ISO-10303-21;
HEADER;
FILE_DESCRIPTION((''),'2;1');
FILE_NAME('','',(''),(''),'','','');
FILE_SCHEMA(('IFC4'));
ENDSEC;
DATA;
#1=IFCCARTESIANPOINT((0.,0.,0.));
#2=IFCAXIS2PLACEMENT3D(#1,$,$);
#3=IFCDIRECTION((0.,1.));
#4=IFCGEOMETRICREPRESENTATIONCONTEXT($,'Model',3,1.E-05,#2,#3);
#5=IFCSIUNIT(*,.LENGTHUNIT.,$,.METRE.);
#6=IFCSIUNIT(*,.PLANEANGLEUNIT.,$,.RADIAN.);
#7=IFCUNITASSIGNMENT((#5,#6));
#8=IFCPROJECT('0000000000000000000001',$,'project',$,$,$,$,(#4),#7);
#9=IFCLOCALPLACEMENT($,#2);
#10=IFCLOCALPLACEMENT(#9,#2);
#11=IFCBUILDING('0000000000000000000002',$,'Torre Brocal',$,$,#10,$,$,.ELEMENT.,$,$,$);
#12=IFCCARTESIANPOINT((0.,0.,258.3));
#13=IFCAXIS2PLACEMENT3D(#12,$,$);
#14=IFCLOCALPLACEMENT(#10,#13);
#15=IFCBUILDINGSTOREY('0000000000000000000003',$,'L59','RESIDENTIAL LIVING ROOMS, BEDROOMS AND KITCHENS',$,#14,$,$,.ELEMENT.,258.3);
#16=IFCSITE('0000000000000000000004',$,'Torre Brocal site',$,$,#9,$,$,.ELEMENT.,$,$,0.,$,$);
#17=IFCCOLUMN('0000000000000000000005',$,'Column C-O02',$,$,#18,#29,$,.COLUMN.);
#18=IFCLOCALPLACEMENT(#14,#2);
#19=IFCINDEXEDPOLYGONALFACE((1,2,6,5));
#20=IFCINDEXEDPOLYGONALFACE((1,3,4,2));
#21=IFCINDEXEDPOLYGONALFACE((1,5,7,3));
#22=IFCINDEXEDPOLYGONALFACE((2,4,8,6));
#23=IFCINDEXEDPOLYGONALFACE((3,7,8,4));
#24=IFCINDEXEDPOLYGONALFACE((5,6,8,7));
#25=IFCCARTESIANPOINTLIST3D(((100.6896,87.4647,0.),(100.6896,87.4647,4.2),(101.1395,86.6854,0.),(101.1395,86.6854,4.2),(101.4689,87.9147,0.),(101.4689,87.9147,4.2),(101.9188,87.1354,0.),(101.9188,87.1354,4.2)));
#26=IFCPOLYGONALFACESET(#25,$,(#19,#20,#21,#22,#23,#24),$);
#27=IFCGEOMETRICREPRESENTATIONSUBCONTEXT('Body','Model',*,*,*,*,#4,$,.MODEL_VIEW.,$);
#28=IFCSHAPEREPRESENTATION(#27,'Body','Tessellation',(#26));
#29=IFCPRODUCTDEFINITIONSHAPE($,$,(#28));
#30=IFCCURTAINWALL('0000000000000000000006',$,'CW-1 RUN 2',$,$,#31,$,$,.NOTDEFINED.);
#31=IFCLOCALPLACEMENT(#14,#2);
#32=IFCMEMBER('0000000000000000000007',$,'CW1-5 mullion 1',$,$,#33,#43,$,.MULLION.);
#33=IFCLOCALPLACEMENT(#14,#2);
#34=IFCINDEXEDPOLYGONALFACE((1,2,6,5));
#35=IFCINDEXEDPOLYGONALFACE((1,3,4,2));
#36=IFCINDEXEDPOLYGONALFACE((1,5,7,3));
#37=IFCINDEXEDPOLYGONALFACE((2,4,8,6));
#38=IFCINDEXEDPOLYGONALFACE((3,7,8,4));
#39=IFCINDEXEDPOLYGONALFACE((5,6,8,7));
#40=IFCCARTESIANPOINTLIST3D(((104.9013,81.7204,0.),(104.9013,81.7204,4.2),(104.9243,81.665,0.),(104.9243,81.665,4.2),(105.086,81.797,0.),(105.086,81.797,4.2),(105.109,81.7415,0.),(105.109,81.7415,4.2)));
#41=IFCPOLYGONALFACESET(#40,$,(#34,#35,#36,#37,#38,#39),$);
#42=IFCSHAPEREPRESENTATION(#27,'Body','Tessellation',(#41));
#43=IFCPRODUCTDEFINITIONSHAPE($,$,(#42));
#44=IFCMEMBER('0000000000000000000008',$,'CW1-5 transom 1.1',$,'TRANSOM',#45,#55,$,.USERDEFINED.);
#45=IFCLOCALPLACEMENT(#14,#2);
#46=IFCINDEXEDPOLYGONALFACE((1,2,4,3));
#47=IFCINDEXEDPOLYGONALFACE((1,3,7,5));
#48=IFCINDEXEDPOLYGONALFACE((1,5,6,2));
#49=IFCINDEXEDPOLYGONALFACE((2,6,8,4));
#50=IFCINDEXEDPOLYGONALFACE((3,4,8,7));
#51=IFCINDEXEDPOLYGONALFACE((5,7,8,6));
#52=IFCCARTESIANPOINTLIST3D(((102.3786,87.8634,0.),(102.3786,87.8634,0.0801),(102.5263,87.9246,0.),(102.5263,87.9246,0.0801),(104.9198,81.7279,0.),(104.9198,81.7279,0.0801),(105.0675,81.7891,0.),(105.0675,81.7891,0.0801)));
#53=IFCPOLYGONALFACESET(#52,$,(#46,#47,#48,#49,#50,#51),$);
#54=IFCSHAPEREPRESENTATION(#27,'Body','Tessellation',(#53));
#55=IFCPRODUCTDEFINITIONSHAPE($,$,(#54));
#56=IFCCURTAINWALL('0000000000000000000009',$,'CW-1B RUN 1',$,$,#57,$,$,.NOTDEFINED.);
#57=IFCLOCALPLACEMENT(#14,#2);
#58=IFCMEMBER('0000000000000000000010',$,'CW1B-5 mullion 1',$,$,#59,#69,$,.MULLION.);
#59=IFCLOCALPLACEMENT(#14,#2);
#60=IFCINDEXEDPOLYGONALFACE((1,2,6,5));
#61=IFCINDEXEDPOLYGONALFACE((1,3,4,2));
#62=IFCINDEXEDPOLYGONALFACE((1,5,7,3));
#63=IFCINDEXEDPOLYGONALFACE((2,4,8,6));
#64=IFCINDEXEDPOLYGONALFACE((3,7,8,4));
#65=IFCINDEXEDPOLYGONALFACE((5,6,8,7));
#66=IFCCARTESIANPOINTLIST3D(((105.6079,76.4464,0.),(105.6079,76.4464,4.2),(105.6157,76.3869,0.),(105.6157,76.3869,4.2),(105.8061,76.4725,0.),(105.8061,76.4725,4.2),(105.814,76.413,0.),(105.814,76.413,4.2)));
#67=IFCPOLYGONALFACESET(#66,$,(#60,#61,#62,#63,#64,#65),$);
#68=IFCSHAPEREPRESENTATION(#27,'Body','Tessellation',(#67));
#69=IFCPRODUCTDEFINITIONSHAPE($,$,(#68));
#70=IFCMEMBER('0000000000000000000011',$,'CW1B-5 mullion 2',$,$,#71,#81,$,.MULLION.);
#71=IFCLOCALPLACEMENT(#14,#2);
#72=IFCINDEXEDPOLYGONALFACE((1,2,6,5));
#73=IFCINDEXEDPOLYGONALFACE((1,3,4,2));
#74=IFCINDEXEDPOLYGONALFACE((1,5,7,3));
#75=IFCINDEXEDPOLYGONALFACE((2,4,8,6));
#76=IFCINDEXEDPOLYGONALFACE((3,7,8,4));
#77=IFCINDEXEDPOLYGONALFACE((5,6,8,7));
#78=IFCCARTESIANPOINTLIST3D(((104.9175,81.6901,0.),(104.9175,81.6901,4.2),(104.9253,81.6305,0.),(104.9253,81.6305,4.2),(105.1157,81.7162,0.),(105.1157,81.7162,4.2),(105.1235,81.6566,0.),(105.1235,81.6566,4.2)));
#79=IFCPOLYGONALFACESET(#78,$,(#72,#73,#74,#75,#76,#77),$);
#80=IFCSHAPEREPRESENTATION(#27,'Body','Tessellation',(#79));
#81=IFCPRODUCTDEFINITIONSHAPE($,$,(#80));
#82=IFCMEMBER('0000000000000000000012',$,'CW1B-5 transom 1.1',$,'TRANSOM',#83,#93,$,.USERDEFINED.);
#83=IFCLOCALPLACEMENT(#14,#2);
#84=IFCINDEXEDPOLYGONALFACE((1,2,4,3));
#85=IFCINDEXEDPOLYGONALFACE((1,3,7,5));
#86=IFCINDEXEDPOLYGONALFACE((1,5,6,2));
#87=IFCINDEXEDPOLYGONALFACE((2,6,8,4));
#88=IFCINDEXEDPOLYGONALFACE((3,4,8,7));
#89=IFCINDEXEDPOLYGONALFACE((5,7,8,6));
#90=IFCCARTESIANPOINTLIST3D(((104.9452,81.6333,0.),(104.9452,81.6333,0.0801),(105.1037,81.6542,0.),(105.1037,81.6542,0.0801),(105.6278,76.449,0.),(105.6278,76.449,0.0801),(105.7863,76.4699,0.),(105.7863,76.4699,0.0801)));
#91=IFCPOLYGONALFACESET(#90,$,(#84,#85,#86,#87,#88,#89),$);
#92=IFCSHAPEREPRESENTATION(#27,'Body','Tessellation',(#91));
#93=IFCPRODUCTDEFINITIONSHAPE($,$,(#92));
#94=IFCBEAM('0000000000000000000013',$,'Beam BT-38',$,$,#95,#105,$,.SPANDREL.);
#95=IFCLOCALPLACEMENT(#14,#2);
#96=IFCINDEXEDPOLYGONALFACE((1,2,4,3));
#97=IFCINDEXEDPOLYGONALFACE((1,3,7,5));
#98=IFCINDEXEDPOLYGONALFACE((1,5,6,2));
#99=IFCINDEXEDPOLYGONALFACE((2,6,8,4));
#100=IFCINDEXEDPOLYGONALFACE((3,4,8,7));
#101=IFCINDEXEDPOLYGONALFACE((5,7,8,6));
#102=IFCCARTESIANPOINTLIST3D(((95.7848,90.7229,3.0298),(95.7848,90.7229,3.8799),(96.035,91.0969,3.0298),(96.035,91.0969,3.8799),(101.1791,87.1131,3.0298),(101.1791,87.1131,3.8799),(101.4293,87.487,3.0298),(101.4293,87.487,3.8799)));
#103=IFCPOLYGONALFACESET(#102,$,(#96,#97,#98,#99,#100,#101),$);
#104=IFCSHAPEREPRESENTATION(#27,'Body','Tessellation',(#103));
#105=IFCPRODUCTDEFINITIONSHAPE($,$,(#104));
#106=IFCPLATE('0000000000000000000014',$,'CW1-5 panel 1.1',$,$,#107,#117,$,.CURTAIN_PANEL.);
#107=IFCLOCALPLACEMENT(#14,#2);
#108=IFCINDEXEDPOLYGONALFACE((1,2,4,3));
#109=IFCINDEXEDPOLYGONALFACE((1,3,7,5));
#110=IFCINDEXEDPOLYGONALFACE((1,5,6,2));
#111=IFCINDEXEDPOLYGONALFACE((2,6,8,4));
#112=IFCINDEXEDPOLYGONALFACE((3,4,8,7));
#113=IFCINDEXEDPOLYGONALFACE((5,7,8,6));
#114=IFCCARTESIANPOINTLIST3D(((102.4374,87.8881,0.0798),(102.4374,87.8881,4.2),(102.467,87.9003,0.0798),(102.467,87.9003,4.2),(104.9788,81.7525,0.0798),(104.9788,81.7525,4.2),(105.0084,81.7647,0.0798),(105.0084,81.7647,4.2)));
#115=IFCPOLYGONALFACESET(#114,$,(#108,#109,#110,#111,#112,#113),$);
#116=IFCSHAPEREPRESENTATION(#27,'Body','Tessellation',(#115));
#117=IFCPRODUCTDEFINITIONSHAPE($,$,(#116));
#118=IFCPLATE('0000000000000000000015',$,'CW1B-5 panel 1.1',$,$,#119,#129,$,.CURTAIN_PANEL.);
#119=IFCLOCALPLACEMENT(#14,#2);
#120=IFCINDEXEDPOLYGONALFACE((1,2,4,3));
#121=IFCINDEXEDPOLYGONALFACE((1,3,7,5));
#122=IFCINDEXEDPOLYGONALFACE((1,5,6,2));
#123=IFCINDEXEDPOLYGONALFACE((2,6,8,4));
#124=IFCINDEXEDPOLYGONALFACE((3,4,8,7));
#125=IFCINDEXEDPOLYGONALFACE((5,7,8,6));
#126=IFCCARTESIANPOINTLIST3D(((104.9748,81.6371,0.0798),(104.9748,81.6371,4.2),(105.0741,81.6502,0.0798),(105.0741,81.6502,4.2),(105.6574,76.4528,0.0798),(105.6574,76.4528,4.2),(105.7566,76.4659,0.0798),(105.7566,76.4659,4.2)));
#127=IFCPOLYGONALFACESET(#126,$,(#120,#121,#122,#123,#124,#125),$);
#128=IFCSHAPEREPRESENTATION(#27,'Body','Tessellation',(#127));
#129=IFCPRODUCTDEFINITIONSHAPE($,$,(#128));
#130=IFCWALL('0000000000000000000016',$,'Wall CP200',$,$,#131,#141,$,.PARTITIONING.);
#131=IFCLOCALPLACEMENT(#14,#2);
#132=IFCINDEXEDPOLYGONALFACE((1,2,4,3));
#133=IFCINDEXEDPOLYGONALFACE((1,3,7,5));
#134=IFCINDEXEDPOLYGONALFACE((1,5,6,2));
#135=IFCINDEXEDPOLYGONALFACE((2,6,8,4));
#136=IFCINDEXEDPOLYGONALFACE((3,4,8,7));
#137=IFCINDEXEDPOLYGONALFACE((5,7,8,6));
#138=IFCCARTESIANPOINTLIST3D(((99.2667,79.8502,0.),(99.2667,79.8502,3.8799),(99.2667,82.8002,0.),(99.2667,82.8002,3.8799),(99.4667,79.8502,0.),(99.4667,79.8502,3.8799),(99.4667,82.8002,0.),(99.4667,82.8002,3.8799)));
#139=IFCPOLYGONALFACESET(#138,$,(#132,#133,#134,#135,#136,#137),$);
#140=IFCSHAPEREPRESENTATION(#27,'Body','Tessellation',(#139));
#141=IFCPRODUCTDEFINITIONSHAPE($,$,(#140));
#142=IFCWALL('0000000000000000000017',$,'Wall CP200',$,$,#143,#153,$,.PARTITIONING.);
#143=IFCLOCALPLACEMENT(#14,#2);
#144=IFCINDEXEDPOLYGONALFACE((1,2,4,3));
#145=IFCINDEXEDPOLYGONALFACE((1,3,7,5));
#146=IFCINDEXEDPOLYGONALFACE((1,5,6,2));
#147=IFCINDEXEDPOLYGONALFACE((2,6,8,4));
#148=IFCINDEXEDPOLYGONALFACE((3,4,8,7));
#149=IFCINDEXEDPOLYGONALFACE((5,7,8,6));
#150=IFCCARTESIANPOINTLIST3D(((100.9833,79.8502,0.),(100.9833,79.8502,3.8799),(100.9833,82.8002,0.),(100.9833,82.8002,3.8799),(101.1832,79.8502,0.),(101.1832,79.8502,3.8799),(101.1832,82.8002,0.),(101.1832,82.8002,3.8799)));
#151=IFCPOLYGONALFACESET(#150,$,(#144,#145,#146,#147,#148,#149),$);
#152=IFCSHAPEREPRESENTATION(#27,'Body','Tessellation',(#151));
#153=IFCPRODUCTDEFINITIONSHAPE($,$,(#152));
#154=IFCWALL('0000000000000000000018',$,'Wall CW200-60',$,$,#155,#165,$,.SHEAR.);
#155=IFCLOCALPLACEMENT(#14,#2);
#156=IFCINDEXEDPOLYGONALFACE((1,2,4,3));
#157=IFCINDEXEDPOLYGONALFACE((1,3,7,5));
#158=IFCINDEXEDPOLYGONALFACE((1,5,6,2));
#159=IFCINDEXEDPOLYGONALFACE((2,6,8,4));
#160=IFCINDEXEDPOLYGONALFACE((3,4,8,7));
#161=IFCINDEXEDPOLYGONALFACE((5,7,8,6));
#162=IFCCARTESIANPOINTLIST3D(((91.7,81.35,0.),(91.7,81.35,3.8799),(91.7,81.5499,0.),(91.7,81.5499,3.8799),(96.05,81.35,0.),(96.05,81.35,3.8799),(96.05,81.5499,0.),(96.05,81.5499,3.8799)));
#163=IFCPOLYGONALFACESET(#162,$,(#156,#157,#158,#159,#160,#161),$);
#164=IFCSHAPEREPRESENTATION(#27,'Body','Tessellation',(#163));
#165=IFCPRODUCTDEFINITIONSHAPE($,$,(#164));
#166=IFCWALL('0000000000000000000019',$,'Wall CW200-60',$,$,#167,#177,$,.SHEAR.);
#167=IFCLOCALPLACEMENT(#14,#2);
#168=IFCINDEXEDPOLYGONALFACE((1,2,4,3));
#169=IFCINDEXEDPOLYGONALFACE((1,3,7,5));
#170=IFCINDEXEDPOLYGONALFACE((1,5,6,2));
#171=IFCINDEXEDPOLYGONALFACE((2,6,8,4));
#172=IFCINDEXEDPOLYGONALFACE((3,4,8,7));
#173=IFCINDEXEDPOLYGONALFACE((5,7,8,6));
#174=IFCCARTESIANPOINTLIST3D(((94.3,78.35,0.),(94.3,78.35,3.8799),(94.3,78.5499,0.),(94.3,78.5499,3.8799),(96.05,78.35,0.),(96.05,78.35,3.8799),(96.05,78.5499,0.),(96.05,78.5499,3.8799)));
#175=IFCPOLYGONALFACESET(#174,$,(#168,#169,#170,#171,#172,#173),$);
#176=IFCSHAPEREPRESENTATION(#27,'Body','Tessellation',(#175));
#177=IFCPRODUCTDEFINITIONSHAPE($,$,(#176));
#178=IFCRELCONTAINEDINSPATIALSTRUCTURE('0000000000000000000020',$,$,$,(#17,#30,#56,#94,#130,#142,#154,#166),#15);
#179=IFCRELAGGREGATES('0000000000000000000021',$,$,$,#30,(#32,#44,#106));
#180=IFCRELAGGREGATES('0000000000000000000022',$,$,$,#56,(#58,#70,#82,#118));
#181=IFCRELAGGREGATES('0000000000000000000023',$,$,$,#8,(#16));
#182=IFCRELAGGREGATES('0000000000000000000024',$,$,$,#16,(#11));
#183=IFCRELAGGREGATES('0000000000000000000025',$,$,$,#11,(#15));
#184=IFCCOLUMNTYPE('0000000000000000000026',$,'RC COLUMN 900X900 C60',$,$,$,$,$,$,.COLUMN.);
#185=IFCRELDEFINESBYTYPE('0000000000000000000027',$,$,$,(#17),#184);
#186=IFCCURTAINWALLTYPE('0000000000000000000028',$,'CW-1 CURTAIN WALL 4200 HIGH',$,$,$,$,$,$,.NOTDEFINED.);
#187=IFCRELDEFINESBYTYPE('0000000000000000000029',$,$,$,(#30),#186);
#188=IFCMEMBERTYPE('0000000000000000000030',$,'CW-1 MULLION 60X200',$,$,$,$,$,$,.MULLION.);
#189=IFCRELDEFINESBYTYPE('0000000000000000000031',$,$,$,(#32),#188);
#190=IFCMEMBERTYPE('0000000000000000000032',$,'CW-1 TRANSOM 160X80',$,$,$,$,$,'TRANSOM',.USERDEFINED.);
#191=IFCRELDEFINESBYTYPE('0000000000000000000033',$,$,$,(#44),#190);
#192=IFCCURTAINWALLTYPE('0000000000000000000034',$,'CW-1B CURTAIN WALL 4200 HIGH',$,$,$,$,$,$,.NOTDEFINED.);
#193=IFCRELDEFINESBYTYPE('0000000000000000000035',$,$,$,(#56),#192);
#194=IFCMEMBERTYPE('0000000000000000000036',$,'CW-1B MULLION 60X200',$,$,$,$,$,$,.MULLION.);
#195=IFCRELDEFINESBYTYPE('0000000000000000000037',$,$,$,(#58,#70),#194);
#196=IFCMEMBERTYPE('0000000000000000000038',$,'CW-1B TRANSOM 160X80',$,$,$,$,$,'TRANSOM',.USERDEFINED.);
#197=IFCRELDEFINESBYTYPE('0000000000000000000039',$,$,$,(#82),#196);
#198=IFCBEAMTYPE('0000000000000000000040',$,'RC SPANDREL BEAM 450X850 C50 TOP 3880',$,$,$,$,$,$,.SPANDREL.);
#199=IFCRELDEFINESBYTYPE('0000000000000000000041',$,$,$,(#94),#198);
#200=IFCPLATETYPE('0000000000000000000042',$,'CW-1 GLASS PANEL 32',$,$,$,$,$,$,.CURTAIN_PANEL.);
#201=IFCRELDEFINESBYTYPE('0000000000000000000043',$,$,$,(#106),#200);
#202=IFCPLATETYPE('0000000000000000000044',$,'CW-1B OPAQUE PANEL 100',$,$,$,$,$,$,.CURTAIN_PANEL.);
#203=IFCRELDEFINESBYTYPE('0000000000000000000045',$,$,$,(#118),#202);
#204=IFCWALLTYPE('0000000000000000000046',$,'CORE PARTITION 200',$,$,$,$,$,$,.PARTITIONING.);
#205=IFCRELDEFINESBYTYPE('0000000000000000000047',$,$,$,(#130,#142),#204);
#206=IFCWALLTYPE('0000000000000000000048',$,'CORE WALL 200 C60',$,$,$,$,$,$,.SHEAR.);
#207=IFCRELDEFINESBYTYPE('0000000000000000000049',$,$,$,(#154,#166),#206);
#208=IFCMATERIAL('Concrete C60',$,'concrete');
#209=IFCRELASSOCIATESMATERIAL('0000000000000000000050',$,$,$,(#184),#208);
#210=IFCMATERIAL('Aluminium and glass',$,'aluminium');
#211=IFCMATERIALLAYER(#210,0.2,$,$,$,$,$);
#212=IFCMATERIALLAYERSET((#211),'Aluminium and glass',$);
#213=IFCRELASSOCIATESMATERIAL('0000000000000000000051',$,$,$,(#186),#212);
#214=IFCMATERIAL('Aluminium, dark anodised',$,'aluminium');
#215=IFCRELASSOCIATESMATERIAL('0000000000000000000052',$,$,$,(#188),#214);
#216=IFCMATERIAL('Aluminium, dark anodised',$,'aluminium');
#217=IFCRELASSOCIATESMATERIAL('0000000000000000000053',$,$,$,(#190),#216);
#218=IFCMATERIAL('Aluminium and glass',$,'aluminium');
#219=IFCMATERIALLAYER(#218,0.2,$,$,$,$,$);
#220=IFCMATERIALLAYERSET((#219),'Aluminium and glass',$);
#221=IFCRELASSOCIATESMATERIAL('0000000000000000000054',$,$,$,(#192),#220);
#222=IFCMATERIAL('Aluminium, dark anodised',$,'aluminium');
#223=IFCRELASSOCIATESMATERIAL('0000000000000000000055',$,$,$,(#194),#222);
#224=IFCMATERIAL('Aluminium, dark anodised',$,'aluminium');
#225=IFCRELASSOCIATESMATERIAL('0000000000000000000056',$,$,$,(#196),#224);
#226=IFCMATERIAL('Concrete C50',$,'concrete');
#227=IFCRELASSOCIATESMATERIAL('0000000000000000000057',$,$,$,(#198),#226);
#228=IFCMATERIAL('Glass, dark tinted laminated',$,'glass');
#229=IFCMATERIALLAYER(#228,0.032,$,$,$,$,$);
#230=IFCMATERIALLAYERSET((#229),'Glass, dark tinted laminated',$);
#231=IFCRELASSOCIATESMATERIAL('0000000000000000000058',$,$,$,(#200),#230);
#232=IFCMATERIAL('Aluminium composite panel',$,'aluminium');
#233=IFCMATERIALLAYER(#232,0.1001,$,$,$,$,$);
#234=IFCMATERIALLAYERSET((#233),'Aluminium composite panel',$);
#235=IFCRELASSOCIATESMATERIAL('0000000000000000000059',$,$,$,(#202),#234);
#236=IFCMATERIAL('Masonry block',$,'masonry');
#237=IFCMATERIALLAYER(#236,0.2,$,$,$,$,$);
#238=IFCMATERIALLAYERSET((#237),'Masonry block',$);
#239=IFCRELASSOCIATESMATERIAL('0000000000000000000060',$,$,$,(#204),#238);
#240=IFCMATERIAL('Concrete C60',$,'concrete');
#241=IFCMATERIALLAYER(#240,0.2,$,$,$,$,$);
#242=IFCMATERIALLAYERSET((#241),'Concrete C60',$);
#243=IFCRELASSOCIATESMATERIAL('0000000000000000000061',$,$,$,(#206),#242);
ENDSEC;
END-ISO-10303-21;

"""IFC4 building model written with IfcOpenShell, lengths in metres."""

from ifc_helpers import new_model, si_unit, direction, frame, frame_2d, origin, origin_2d, place, context, subcontext, project, spatial, rectangle, extrude, material, layer, layer_set, material_profile, profile_set, type_object, element, aggregate, save


model = new_model("IFC4")

# Units and contexts
model_context = context("Model", 3, precision=1e-05, world=origin(), true_north=direction((0.0, 1.0)))
body_context = subcontext(model_context, "Body", "Model", "MODEL_VIEW")
ifc_project = project(units=[si_unit("LENGTHUNIT", "METRE"), si_unit("PLANEANGLEUNIT", "RADIAN")], contexts=[model_context])

# Site, building, storey
site_placement = place(None, origin())
site = spatial("IfcSite", under=ifc_project, at=site_placement, Name="Torre Brocal site", CompositionType="ELEMENT", RefElevation=0.0)
building_placement = place(site_placement, origin())
building = spatial("IfcBuilding", under=site, at=building_placement, Name="Torre Brocal", CompositionType="ELEMENT")
storey_placement = place(building_placement, frame((0.0, 0.0, 258.3)))
storey = spatial("IfcBuildingStorey", under=building, at=storey_placement, Name="L59", Description="RESIDENTIAL LIVING ROOMS, BEDROOMS AND KITCHENS", CompositionType="ELEMENT", Elevation=258.3)

# Column
ifc_material_1 = material(Name="Concrete C60", Category="concrete")
ifc_material_profile_1 = material_profile(ifc_material_1, rectangle(XDim=0.8999, YDim=0.8999, at=origin_2d()), Name="RC 900X900")
ifc_profile_set_1 = profile_set([ifc_material_profile_1], Name="Concrete C60")
column_type = type_object("IfcColumnType", Name="RC COLUMN 900X900 C60", PredefinedType="COLUMN", material=ifc_profile_set_1)
column_placement = place(storey_placement, frame((101.3042, 87.3, 0.0), z_axis=(0.0, 0.0, 1.0), x_axis=(0.866025, 0.5, 0.0)))
element("IfcColumn", 1, at=column_placement, inside=storey, type_object=column_type, Name="Column C-O02", PredefinedType="COLUMN", context=body_context, shape_type="SweptSolid", body=[
    extrude(rectangle(XDim=0.8999, YDim=0.8999, at=origin_2d()), origin(), (0.0, 0.0, 1.0), 4.2),
])

# Curtain walls, members
ifc_material_2 = material(Name="Aluminium and glass", Category="aluminium")
ifc_layer_1 = layer(ifc_material_2, 0.2)
ifc_layer_set_1 = layer_set([ifc_layer_1], Name="Aluminium and glass")
curtain_wall_type_1 = type_object("IfcCurtainWallType", Name="CW-1 CURTAIN WALL 4200 HIGH", PredefinedType="NOTDEFINED", material=ifc_layer_set_1)
curtain_wall_1_placement = place(storey_placement, origin())
curtain_wall_1 = element("IfcCurtainWall", 2, at=curtain_wall_1_placement, inside=storey, type_object=curtain_wall_type_1, Name="CW-1 RUN 2", PredefinedType="NOTDEFINED")
ifc_material_3 = material(Name="Aluminium, dark anodised", Category="aluminium")
ifc_material_profile_2 = material_profile(ifc_material_3, rectangle(XDim=0.2, YDim=0.0601, at=origin_2d()), Name="CW-1 MULLION 60X200")
ifc_profile_set_2 = profile_set([ifc_material_profile_2], Name="Aluminium, dark anodised")
member_type_1 = type_object("IfcMemberType", Name="CW-1 MULLION 60X200", PredefinedType="MULLION", material=ifc_profile_set_2)
member_1_placement = place(storey_placement, frame((105.0051, 81.731, 0.0), z_axis=(0.0, 0.0, 1.0), x_axis=(-0.92388, -0.382683, 0.0)))
member_1 = element("IfcMember", 3, at=member_1_placement, type_object=member_type_1, Name="CW1-5 mullion 1", PredefinedType="MULLION", context=body_context, shape_type="SweptSolid", body=[
    extrude(rectangle(XDim=0.2, YDim=0.0601, at=origin_2d()), origin(), (0.0, 0.0, 1.0), 4.2),
])
ifc_material_4 = material(Name="Aluminium, dark anodised", Category="aluminium")
ifc_material_profile_3 = material_profile(ifc_material_4, rectangle(XDim=0.1599, YDim=0.0801, at=origin_2d()), Name="CW-1 TRANSOM 160X80")
ifc_profile_set_3 = profile_set([ifc_material_profile_3], Name="Aluminium, dark anodised")
member_type_2 = type_object("IfcMemberType", Name="CW-1 TRANSOM 160X80", ElementType="TRANSOM", PredefinedType="USERDEFINED", material=ifc_profile_set_3)
member_2_placement = place(storey_placement, frame((104.9937, 81.7585, 0.04), z_axis=(-0.382665, 0.923887, 0.0), x_axis=(-0.923887, -0.382665, 0.0)))
member_2 = element("IfcMember", 4, at=member_2_placement, type_object=member_type_2, Name="CW1-5 transom 1.1", ObjectType="TRANSOM", PredefinedType="USERDEFINED", context=body_context, shape_type="SweptSolid", body=[
    extrude(rectangle(XDim=0.1599, YDim=0.0801, at=origin_2d()), origin(), (0.0, 0.0, 1.0), 6.6409),
])
ifc_material_5 = material(Name="Aluminium and glass", Category="aluminium")
ifc_layer_2 = layer(ifc_material_5, 0.2)
ifc_layer_set_2 = layer_set([ifc_layer_2], Name="Aluminium and glass")
curtain_wall_type_2 = type_object("IfcCurtainWallType", Name="CW-1B CURTAIN WALL 4200 HIGH", PredefinedType="NOTDEFINED", material=ifc_layer_set_2)
curtain_wall_2_placement = place(storey_placement, origin())
curtain_wall_2 = element("IfcCurtainWall", 5, at=curtain_wall_2_placement, inside=storey, type_object=curtain_wall_type_2, Name="CW-1B RUN 1", PredefinedType="NOTDEFINED")
ifc_material_6 = material(Name="Aluminium, dark anodised", Category="aluminium")
ifc_material_profile_4 = material_profile(ifc_material_6, rectangle(XDim=0.2, YDim=0.0601, at=origin_2d()), Name="CW-1B MULLION 60X200")
ifc_profile_set_4 = profile_set([ifc_material_profile_4], Name="Aluminium, dark anodised")
member_type_3 = type_object("IfcMemberType", Name="CW-1B MULLION 60X200", PredefinedType="MULLION", material=ifc_profile_set_4)
member_3_placement = place(storey_placement, frame((105.7109, 76.4297, 0.0), z_axis=(0.0, 0.0, 1.0), x_axis=(-0.991445, -0.130526, 0.0)))
member_3 = element("IfcMember", 6, at=member_3_placement, type_object=member_type_3, Name="CW1B-5 mullion 1", PredefinedType="MULLION", context=body_context, shape_type="SweptSolid", body=[
    extrude(rectangle(XDim=0.2, YDim=0.0601, at=origin_2d()), origin(), (0.0, 0.0, 1.0), 4.2),
])
member_4_placement = place(storey_placement, frame((105.0205, 81.6733, 0.0), z_axis=(0.0, 0.0, 1.0), x_axis=(-0.991445, -0.130526, 0.0)))
member_4 = element("IfcMember", 7, at=member_4_placement, type_object=member_type_3, Name="CW1B-5 mullion 2", PredefinedType="MULLION", context=body_context, shape_type="SweptSolid", body=[
    extrude(rectangle(XDim=0.2, YDim=0.0601, at=origin_2d()), origin(), (0.0, 0.0, 1.0), 4.2),
])
ifc_material_7 = material(Name="Aluminium, dark anodised", Category="aluminium")
ifc_material_profile_5 = material_profile(ifc_material_7, rectangle(XDim=0.1599, YDim=0.0801, at=origin_2d()), Name="CW-1B TRANSOM 160X80")
ifc_profile_set_5 = profile_set([ifc_material_profile_5], Name="Aluminium, dark anodised")
member_type_4 = type_object("IfcMemberType", Name="CW-1B TRANSOM 160X80", ElementType="TRANSOM", PredefinedType="USERDEFINED", material=ifc_profile_set_5)
member_5_placement = place(storey_placement, frame((105.707, 76.4595, 0.04), z_axis=(-0.130543, 0.991443, 0.0), x_axis=(-0.991443, -0.130543, 0.0)))
member_5 = element("IfcMember", 8, at=member_5_placement, type_object=member_type_4, Name="CW1B-5 transom 1.1", ObjectType="TRANSOM", PredefinedType="USERDEFINED", context=body_context, shape_type="SweptSolid", body=[
    extrude(rectangle(XDim=0.1599, YDim=0.0801, at=origin_2d()), origin(), (0.0, 0.0, 1.0), 5.229),
])

# Beam
ifc_material_8 = material(Name="Concrete C50", Category="concrete")
ifc_material_profile_6 = material_profile(ifc_material_8, rectangle(XDim=0.45, YDim=0.8501, at=origin_2d()), Name="RC 450X850")
ifc_profile_set_6 = profile_set([ifc_material_profile_6], Name="Concrete C50")
beam_type = type_object("IfcBeamType", Name="RC SPANDREL BEAM 450X850 C50 TOP 3880", PredefinedType="SPANDREL", material=ifc_profile_set_6)
beam_placement = place(storey_placement, frame((101.3042, 87.3, 3.4548), z_axis=(-0.831077, 0.556158, 0.0), x_axis=(-0.556158, -0.831077, 0.0)))
element("IfcBeam", 9, at=beam_placement, inside=storey, type_object=beam_type, Name="Beam BT-38", PredefinedType="SPANDREL", context=body_context, shape_type="SweptSolid", body=[
    extrude(rectangle(XDim=0.45, YDim=0.8501, at=origin_2d()), origin(), (0.0, 0.0, 1.0), 6.4907),
])

# Plates
ifc_material_9 = material(Name="Glass, dark tinted laminated", Category="glass")
ifc_layer_3 = layer(ifc_material_9, 0.032)
ifc_layer_set_3 = layer_set([ifc_layer_3], Name="Glass, dark tinted laminated")
plate_type_1 = type_object("IfcPlateType", Name="CW-1 GLASS PANEL 32", PredefinedType="CURTAIN_PANEL", material=ifc_layer_set_3)
plate_1_placement = place(storey_placement, frame((103.7229, 84.8264, 0.0798), z_axis=(0.0, 0.0, 1.0), x_axis=(-0.382683, 0.92388, 0.0)))
plate_1 = element("IfcPlate", 10, at=plate_1_placement, type_object=plate_type_1, Name="CW1-5 panel 1.1", PredefinedType="CURTAIN_PANEL", context=body_context, shape_type="SweptSolid", body=[
    extrude(rectangle(XDim=6.6411, YDim=0.032, at=origin_2d()), origin(), (0.0, 0.0, 1.0), 4.1201),
])
aggregate(curtain_wall_1, [member_1, member_2, plate_1])
ifc_material_10 = material(Name="Aluminium composite panel", Category="aluminium")
ifc_layer_4 = layer(ifc_material_10, 0.1001)
ifc_layer_set_4 = layer_set([ifc_layer_4], Name="Aluminium composite panel")
plate_type_2 = type_object("IfcPlateType", Name="CW-1B OPAQUE PANEL 100", PredefinedType="CURTAIN_PANEL", material=ifc_layer_set_4)
plate_2_placement = place(storey_placement, frame((105.3657, 79.0515, 0.0798), z_axis=(0.0, 0.0, 1.0), x_axis=(-0.130526, 0.991445, 0.0)))
plate_2 = element("IfcPlate", 11, at=plate_2_placement, type_object=plate_type_2, Name="CW1B-5 panel 1.1", PredefinedType="CURTAIN_PANEL", context=body_context, shape_type="SweptSolid", body=[
    extrude(rectangle(XDim=5.229, YDim=0.1001, at=origin_2d()), origin(), (0.0, 0.0, 1.0), 4.1201),
])
aggregate(curtain_wall_2, [member_3, member_4, member_5, plate_2])

# Walls
ifc_material_11 = material(Name="Masonry block", Category="masonry")
ifc_layer_5 = layer(ifc_material_11, 0.2)
ifc_layer_set_5 = layer_set([ifc_layer_5], Name="Masonry block")
wall_type_1 = type_object("IfcWallType", Name="CORE PARTITION 200", PredefinedType="PARTITIONING", material=ifc_layer_set_5)
for number, where, z_axis, x_axis, name in (
    (12, (99.3667, 79.8501, 0.0), (0.0, 0.0, 1.0), (0.0, 1.0, 0.0), "Wall CP200"),
    (13, (101.0833, 79.8501, 0.0), (0.0, 0.0, 1.0), (0.0, 1.0, 0.0), "Wall CP200"),
):
    element("IfcWall", number, at=place(storey_placement, frame(where, z_axis=z_axis, x_axis=x_axis)), inside=storey, type_object=wall_type_1, Name=name, PredefinedType="PARTITIONING", context=body_context, shape_type="SweptSolid", body=[
        extrude(rectangle(XDim=2.95, YDim=0.2, at=frame_2d((1.4751, 0.0))), origin(), (0.0, 0.0, 1.0), 3.8799),
    ])
ifc_material_12 = material(Name="Concrete C60", Category="concrete")
ifc_layer_6 = layer(ifc_material_12, 0.2)
ifc_layer_set_6 = layer_set([ifc_layer_6], Name="Concrete C60")
wall_type_2 = type_object("IfcWallType", Name="CORE WALL 200 C60", PredefinedType="SHEAR", material=ifc_layer_set_6)
wall_1_placement = place(storey_placement, frame((91.7, 81.45, 0.0), z_axis=(0.0, 0.0, 1.0), x_axis=(1.0, 0.0, 0.0)))
element("IfcWall", 14, at=wall_1_placement, inside=storey, type_object=wall_type_2, Name="Wall CW200-60", PredefinedType="SHEAR", context=body_context, shape_type="SweptSolid", body=[
    extrude(rectangle(XDim=4.3501, YDim=0.2, at=frame_2d((2.175, 0.0))), origin(), (0.0, 0.0, 1.0), 3.8799),
])
wall_2_placement = place(storey_placement, frame((94.3, 78.45, 0.0), z_axis=(0.0, 0.0, 1.0), x_axis=(1.0, 0.0, 0.0)))
element("IfcWall", 15, at=wall_2_placement, inside=storey, type_object=wall_type_2, Name="Wall CW200-60", PredefinedType="SHEAR", context=body_context, shape_type="SweptSolid", body=[
    extrude(rectangle(XDim=1.75, YDim=0.2, at=frame_2d((0.875, 0.0))), origin(), (0.0, 0.0, 1.0), 3.8799),
])

save(model, "model.ifc")
